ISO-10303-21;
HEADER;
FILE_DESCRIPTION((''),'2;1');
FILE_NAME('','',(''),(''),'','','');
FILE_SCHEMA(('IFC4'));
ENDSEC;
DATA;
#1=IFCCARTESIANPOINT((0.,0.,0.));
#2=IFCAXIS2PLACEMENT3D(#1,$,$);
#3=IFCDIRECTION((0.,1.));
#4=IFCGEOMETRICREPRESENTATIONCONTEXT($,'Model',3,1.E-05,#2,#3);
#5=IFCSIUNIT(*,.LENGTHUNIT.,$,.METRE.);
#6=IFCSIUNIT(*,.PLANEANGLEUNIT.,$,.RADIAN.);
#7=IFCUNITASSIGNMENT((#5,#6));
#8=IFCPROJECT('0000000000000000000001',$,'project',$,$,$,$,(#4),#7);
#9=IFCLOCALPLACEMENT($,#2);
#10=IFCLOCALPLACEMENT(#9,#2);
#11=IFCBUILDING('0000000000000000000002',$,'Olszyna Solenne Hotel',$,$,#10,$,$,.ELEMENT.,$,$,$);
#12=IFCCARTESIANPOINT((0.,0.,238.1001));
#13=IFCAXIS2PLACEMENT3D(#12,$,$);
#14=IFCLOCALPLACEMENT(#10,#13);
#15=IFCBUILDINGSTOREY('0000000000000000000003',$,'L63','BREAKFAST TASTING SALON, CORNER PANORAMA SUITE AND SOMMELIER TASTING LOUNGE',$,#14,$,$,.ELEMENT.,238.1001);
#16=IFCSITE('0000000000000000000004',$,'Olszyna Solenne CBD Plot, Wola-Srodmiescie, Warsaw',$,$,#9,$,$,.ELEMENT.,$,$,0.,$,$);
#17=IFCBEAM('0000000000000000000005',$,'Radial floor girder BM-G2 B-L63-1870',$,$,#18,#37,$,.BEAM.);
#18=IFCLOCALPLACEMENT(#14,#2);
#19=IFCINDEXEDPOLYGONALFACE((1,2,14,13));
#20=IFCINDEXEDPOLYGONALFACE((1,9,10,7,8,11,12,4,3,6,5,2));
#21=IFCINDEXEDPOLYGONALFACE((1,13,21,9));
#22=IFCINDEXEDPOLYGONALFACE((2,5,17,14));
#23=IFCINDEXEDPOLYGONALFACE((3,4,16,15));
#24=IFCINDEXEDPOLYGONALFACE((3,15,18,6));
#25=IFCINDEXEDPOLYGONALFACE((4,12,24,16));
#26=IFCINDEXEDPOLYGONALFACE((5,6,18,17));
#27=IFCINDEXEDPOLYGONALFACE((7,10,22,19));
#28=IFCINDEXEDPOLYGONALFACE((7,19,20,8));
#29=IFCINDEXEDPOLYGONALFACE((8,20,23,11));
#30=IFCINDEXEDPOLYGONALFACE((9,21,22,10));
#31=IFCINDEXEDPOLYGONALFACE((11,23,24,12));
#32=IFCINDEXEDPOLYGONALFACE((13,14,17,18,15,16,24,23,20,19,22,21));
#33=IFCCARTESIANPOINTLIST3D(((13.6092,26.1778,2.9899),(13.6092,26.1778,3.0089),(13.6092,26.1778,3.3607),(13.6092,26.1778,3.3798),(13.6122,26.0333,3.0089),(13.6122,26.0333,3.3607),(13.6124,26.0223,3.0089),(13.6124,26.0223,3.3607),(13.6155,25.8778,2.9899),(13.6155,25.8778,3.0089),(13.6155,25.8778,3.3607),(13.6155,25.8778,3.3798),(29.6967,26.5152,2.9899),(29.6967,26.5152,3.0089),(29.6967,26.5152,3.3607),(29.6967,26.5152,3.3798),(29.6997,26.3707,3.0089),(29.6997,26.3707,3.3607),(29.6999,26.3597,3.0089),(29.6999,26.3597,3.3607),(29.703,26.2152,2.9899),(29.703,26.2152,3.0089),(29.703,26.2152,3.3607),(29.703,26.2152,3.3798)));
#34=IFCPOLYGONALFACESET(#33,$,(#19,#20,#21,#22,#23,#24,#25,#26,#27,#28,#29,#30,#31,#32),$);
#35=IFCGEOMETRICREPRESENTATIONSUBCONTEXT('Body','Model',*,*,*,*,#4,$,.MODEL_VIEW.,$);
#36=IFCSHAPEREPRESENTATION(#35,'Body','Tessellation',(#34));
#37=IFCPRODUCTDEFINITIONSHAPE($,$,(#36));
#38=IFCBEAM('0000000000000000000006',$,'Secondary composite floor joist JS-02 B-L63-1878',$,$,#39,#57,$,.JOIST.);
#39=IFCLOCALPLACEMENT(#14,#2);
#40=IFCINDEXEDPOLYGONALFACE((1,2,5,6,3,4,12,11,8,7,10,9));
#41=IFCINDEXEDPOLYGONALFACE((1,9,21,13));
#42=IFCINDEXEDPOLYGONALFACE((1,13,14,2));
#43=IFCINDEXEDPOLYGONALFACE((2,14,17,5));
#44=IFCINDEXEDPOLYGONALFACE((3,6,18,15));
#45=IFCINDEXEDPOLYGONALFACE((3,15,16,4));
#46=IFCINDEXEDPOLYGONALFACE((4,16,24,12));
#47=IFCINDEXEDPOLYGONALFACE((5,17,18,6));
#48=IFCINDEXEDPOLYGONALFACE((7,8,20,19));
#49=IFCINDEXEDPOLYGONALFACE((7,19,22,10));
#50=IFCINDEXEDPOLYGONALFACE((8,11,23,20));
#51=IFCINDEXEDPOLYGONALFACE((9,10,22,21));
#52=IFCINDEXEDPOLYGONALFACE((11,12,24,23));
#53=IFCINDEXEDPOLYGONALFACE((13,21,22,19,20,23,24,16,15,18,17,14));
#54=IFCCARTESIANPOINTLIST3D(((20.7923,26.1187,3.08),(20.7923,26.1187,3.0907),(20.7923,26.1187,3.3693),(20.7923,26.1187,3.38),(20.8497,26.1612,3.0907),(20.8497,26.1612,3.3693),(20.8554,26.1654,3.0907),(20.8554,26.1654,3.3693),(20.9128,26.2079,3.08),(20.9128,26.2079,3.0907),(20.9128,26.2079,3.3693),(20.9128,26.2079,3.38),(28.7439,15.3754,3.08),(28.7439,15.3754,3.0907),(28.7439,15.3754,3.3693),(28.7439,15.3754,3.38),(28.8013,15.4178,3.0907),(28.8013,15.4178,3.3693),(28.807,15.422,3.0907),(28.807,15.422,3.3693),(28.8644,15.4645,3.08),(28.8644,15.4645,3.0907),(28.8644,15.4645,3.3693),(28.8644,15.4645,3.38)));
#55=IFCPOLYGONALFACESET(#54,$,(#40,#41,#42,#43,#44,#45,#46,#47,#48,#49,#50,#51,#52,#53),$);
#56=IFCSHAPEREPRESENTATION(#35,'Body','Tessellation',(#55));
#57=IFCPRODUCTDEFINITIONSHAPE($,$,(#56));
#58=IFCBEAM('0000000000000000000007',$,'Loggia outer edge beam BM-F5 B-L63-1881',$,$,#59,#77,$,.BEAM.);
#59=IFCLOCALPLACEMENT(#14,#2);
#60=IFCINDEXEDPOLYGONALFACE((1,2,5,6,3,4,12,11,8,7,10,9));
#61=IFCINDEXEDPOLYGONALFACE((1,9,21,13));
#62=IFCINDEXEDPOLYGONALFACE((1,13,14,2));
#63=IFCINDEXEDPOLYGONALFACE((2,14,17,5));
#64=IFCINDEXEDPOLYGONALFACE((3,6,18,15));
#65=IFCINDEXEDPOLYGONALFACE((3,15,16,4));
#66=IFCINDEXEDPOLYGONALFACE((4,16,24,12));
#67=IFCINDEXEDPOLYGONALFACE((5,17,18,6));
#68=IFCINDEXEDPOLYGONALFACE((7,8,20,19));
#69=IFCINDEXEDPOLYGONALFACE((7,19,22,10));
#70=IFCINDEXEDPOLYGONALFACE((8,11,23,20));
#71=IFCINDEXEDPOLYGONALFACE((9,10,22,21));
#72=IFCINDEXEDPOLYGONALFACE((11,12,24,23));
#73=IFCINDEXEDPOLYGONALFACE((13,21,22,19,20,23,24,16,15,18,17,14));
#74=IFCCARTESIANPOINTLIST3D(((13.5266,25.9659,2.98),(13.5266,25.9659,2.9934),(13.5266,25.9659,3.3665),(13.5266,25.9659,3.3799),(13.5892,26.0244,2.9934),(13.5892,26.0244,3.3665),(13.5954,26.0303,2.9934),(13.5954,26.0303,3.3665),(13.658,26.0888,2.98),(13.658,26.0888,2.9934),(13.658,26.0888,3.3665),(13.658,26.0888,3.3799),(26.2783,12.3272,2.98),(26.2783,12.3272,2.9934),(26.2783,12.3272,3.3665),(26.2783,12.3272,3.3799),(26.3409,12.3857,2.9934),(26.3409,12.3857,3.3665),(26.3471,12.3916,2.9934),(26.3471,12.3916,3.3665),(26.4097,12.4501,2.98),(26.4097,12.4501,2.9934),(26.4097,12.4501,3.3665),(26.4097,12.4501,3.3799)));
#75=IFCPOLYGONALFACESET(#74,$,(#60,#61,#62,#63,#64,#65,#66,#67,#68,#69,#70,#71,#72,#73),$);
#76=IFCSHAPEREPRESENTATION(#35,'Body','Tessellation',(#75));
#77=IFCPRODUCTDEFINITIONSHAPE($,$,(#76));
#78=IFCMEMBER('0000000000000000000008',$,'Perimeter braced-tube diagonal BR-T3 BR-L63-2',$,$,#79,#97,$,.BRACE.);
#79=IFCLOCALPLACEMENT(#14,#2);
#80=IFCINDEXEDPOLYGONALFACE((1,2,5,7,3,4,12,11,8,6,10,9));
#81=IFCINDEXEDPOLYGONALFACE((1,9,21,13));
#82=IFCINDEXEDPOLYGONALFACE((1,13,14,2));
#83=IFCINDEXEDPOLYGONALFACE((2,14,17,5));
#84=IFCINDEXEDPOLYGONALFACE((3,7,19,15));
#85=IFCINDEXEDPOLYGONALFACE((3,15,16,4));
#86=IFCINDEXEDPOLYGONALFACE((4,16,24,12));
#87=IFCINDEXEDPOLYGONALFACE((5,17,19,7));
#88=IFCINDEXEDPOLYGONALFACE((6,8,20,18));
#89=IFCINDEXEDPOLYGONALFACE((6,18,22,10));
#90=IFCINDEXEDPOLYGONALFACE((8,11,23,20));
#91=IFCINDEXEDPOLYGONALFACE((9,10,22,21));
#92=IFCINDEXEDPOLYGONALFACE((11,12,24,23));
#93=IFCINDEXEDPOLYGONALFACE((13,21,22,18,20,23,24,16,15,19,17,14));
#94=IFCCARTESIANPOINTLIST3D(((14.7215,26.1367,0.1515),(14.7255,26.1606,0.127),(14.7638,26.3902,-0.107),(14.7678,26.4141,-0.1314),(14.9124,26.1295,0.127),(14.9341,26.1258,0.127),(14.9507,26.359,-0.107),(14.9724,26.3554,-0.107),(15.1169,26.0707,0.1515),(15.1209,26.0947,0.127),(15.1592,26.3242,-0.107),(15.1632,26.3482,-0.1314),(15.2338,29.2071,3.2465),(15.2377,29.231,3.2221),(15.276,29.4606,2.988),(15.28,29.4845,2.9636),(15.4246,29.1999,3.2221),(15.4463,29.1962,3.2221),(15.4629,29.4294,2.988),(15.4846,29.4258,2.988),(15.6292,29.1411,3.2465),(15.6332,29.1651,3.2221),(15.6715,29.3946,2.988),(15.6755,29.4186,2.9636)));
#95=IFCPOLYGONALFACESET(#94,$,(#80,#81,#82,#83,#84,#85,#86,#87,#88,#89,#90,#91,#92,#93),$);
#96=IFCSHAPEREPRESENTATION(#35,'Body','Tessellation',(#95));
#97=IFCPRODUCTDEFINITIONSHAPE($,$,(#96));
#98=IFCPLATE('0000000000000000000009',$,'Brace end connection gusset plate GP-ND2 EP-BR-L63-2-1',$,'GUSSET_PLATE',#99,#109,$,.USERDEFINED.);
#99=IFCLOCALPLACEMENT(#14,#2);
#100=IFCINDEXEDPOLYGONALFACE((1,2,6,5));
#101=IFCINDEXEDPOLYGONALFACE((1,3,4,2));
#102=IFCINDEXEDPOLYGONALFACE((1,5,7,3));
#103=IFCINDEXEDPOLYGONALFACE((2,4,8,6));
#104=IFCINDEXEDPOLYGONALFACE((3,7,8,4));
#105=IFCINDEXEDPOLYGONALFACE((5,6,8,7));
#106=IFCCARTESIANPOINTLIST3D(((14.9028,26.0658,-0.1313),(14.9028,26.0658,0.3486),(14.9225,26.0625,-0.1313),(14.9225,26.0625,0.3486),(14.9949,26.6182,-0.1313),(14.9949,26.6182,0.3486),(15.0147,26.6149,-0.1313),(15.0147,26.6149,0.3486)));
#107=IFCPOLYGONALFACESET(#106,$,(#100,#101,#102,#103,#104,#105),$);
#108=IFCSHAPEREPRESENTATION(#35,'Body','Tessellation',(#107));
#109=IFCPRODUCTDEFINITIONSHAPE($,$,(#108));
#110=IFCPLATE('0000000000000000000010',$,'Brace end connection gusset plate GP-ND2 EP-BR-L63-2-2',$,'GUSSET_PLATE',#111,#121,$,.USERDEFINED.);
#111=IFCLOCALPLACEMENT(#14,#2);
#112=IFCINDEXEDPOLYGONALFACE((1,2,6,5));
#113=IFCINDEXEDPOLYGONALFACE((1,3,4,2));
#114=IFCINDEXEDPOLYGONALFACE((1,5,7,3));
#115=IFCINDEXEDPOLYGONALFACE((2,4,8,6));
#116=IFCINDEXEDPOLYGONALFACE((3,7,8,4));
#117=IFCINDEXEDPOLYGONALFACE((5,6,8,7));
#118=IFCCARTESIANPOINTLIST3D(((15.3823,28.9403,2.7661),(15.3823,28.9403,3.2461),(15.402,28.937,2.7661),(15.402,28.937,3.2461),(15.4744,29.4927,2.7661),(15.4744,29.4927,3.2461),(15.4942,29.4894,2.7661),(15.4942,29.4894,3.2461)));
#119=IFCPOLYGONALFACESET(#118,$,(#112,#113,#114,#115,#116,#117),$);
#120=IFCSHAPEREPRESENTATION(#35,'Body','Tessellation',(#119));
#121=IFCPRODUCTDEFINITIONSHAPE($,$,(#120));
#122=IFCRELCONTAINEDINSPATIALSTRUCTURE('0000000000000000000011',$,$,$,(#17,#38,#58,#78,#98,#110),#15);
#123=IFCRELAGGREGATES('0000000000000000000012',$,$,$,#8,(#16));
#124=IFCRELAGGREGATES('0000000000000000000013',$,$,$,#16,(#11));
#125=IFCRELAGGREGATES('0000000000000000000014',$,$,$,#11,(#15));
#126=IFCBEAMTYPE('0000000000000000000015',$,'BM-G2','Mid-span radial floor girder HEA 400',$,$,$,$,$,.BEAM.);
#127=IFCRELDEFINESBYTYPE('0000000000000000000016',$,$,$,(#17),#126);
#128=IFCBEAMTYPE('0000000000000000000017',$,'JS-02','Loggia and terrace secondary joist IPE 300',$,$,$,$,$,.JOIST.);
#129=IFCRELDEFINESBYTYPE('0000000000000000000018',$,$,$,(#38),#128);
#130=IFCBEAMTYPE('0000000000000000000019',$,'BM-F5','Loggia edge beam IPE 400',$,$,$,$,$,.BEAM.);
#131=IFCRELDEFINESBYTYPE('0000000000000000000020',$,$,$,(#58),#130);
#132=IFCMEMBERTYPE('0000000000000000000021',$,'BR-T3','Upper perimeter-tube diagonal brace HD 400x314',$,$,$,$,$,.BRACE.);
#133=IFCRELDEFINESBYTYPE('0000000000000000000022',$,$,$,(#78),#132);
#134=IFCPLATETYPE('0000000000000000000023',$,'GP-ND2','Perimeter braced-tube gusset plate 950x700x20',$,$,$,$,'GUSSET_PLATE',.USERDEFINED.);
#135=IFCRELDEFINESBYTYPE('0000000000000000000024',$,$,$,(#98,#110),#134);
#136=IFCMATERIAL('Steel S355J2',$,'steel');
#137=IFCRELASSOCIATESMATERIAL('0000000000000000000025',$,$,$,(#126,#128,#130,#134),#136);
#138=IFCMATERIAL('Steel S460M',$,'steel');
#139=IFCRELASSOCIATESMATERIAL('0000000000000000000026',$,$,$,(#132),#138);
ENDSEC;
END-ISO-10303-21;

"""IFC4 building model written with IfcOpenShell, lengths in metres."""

from ifc_helpers import new_model, si_unit, direction, frame, origin, origin_2d, place, context, subcontext, project, spatial, rectangle, i_section, extrude, source, transform, mapped, material, material_profile, profile_set, type_object, element, save


model = new_model("IFC4")

# Units and contexts
model_context = context("Model", 3, precision=1e-05, world=origin(), true_north=direction((0.0, 1.0)))
body_context = subcontext(model_context, "Body", "Model", "MODEL_VIEW")
ifc_project = project(units=[si_unit("LENGTHUNIT", "METRE"), si_unit("PLANEANGLEUNIT", "RADIAN")], contexts=[model_context])

# Site, building, storey
site_placement = place(None, origin())
site = spatial("IfcSite", under=ifc_project, at=site_placement, Name="Olszyna Solenne CBD Plot, Wola-Srodmiescie, Warsaw", CompositionType="ELEMENT", RefElevation=0.0)
building_placement = place(site_placement, origin())
building = spatial("IfcBuilding", under=site, at=building_placement, Name="Olszyna Solenne Hotel", CompositionType="ELEMENT")
storey_placement = place(building_placement, frame((0.0, 0.0, 238.1001)))
storey = spatial("IfcBuildingStorey", under=building, at=storey_placement, Name="L63", Description="BREAKFAST TASTING SALON, CORNER PANORAMA SUITE AND SOMMELIER TASTING LOUNGE", CompositionType="ELEMENT", Elevation=238.1001)

# Shared definitions
ifc_material_1 = material(Name="Steel S460M", Category="steel")

# Beams
ifc_material_2 = material(Name="Steel S355J2", Category="steel")
ifc_material_profile_1 = material_profile(ifc_material_2, i_section(OverallWidth=0.3, OverallDepth=0.3899, WebThickness=0.011, FlangeThickness=0.019, at=origin_2d()), Name="HEA 400", Category="load-bearing")
ifc_profile_set_1 = profile_set([ifc_material_profile_1], Name="Steel S355J2")
beam_type_1 = type_object("IfcBeamType", Name="BM-G2", Description="Mid-span radial floor girder HEA 400", PredefinedType="BEAM", material=ifc_profile_set_1)
shared_shape_1 = source(origin(), body_context, "Body", "SweptSolid", [
    extrude(i_section(OverallWidth=0.3, OverallDepth=0.3899, WebThickness=0.011, FlangeThickness=0.019, at=origin_2d()), origin(), (0.0, 0.0, 1.0), 16.0911),
])
beam_1_placement = place(storey_placement, frame((13.6123, 26.0278, 3.1848), z_axis=(0.99978, 0.020968, 0.0), x_axis=(-0.020968, 0.99978, 0.0)))
element("IfcBeam", 1, at=beam_1_placement, inside=storey, type_object=beam_type_1, Name="Radial floor girder BM-G2 B-L63-1870", PredefinedType="BEAM", context=body_context, shape_type="MappedRepresentation", body=[
    mapped(shared_shape_1, transform((0.0, 0.0, 0.0), x_axis=(1.0, 0.0, 0.0), y_axis=(0.0, 1.0, 0.0), z_axis=(0.0, 0.0, 1.0), scale=1.0)),
])
ifc_material_profile_2 = material_profile(ifc_material_2, i_section(OverallWidth=0.1499, OverallDepth=0.3, WebThickness=0.0071, FlangeThickness=0.0107, at=origin_2d()), Name="IPE 300", Category="load-bearing")
ifc_profile_set_2 = profile_set([ifc_material_profile_2], Name="Steel S355J2")
beam_type_2 = type_object("IfcBeamType", Name="JS-02", Description="Loggia and terrace secondary joist IPE 300", PredefinedType="JOIST", material=ifc_profile_set_2)
shared_shape_2 = source(origin(), body_context, "Body", "SweptSolid", [
    extrude(i_section(OverallWidth=0.1499, OverallDepth=0.3, WebThickness=0.0071, FlangeThickness=0.0107, at=origin_2d()), origin(), (0.0, 0.0, 1.0), 13.366),
])
beam_2_placement = place(storey_placement, frame((20.8525, 26.1633, 3.23), z_axis=(0.594917, -0.803787, 0.0), x_axis=(0.803787, 0.594917, 0.0)))
element("IfcBeam", 2, at=beam_2_placement, inside=storey, type_object=beam_type_2, Name="Secondary composite floor joist JS-02 B-L63-1878", PredefinedType="JOIST", context=body_context, shape_type="MappedRepresentation", body=[
    mapped(shared_shape_2, transform((0.0, 0.0, 0.0), x_axis=(1.0, 0.0, 0.0), y_axis=(0.0, 1.0, 0.0), z_axis=(0.0, 0.0, 1.0), scale=1.0)),
])
ifc_material_profile_3 = material_profile(ifc_material_2, i_section(OverallWidth=0.1799, OverallDepth=0.3999, WebThickness=0.0085, FlangeThickness=0.0134, at=origin_2d()), Name="IPE 400", Category="load-bearing")
ifc_profile_set_3 = profile_set([ifc_material_profile_3], Name="Steel S355J2")
beam_type_3 = type_object("IfcBeamType", Name="BM-F5", Description="Loggia edge beam IPE 400", PredefinedType="BEAM", material=ifc_profile_set_3)
shared_shape_3 = source(origin(), body_context, "Body", "SweptSolid", [
    extrude(i_section(OverallWidth=0.1799, OverallDepth=0.3999, WebThickness=0.0085, FlangeThickness=0.0134, at=origin_2d()), origin(), (0.0, 0.0, 1.0), 18.6714),
])
beam_3_placement = place(storey_placement, frame((13.5923, 26.0273, 3.1799), z_axis=(0.682956, -0.73046, 0.0), x_axis=(0.73046, 0.682956, 0.0)))
element("IfcBeam", 3, at=beam_3_placement, inside=storey, type_object=beam_type_3, Name="Loggia outer edge beam BM-F5 B-L63-1881", PredefinedType="BEAM", context=body_context, shape_type="MappedRepresentation", body=[
    mapped(shared_shape_3, transform((0.0, 0.0, 0.0), x_axis=(1.0, 0.0, 0.0), y_axis=(0.0, 1.0, 0.0), z_axis=(0.0, 0.0, 1.0), scale=1.0)),
])

# Member
ifc_material_profile_4 = material_profile(ifc_material_1, i_section(OverallWidth=0.4009, OverallDepth=0.3989, WebThickness=0.022, FlangeThickness=0.0344, at=origin_2d()), Name="HD 400x314", Category="load-bearing")
ifc_profile_set_4 = profile_set([ifc_material_profile_4], Name="Steel S460M")
member_type = type_object("IfcMemberType", Name="BR-T3", Description="Upper perimeter-tube diagonal brace HD 400x314", PredefinedType="BRACE", material=ifc_profile_set_4)
shared_shape_4 = source(origin(), body_context, "Body", "SweptSolid", [
    extrude(i_section(OverallWidth=0.4009, OverallDepth=0.3989, WebThickness=0.022, FlangeThickness=0.0344, at=origin_2d()), origin(), (0.0, 0.0, 1.0), 4.3896),
])
member_placement = place(storey_placement, frame((14.9424, 26.2424, 0.01), z_axis=(0.116688, 0.699462, 0.705079), x_axis=(-0.986368, 0.164552, 0.0)))
element("IfcMember", 4, at=member_placement, inside=storey, type_object=member_type, Name="Perimeter braced-tube diagonal BR-T3 BR-L63-2", PredefinedType="BRACE", context=body_context, shape_type="MappedRepresentation", body=[
    mapped(shared_shape_4, transform((0.0, 0.0, 0.0), x_axis=(1.0, 0.0, 0.0), y_axis=(0.0, 1.0, 0.0), z_axis=(0.0, 0.0, 1.0), scale=1.0)),
])

# Plates
plate_type = type_object("IfcPlateType", Name="GP-ND2", Description="Perimeter braced-tube gusset plate 950x700x20", ElementType="GUSSET_PLATE", PredefinedType="USERDEFINED", material=ifc_material_2)
shared_shape_5 = source(origin(), body_context, "Body", "SweptSolid", [
    extrude(rectangle(XDim=0.5601, YDim=0.02, at=origin_2d()), origin(), (0.0, 0.0, 1.0), 0.48),
])
for number, where, z_axis, x_axis, name in (
    (5, (14.9587, 26.3403, -0.1313), (0.0, 0.0, 1.0), (0.164531, 0.986372, 0.0), "Brace end connection gusset plate GP-ND2 EP-BR-L63-2-1"),
    (6, (15.4382, 29.2148, 2.7661), (0.0, 0.0, 1.0), (0.164531, 0.986372, 0.0), "Brace end connection gusset plate GP-ND2 EP-BR-L63-2-2"),
):
    element("IfcPlate", number, at=place(storey_placement, frame(where, z_axis=z_axis, x_axis=x_axis)), inside=storey, type_object=plate_type, Name=name, ObjectType="GUSSET_PLATE", PredefinedType="USERDEFINED", context=body_context, shape_type="MappedRepresentation", body=[
        mapped(shared_shape_5, transform((0.0, 0.0, 0.0), x_axis=(1.0, 0.0, 0.0), y_axis=(0.0, 1.0, 0.0), z_axis=(0.0, 0.0, 1.0), scale=1.0)),
    ])

save(model, "model.ifc")
